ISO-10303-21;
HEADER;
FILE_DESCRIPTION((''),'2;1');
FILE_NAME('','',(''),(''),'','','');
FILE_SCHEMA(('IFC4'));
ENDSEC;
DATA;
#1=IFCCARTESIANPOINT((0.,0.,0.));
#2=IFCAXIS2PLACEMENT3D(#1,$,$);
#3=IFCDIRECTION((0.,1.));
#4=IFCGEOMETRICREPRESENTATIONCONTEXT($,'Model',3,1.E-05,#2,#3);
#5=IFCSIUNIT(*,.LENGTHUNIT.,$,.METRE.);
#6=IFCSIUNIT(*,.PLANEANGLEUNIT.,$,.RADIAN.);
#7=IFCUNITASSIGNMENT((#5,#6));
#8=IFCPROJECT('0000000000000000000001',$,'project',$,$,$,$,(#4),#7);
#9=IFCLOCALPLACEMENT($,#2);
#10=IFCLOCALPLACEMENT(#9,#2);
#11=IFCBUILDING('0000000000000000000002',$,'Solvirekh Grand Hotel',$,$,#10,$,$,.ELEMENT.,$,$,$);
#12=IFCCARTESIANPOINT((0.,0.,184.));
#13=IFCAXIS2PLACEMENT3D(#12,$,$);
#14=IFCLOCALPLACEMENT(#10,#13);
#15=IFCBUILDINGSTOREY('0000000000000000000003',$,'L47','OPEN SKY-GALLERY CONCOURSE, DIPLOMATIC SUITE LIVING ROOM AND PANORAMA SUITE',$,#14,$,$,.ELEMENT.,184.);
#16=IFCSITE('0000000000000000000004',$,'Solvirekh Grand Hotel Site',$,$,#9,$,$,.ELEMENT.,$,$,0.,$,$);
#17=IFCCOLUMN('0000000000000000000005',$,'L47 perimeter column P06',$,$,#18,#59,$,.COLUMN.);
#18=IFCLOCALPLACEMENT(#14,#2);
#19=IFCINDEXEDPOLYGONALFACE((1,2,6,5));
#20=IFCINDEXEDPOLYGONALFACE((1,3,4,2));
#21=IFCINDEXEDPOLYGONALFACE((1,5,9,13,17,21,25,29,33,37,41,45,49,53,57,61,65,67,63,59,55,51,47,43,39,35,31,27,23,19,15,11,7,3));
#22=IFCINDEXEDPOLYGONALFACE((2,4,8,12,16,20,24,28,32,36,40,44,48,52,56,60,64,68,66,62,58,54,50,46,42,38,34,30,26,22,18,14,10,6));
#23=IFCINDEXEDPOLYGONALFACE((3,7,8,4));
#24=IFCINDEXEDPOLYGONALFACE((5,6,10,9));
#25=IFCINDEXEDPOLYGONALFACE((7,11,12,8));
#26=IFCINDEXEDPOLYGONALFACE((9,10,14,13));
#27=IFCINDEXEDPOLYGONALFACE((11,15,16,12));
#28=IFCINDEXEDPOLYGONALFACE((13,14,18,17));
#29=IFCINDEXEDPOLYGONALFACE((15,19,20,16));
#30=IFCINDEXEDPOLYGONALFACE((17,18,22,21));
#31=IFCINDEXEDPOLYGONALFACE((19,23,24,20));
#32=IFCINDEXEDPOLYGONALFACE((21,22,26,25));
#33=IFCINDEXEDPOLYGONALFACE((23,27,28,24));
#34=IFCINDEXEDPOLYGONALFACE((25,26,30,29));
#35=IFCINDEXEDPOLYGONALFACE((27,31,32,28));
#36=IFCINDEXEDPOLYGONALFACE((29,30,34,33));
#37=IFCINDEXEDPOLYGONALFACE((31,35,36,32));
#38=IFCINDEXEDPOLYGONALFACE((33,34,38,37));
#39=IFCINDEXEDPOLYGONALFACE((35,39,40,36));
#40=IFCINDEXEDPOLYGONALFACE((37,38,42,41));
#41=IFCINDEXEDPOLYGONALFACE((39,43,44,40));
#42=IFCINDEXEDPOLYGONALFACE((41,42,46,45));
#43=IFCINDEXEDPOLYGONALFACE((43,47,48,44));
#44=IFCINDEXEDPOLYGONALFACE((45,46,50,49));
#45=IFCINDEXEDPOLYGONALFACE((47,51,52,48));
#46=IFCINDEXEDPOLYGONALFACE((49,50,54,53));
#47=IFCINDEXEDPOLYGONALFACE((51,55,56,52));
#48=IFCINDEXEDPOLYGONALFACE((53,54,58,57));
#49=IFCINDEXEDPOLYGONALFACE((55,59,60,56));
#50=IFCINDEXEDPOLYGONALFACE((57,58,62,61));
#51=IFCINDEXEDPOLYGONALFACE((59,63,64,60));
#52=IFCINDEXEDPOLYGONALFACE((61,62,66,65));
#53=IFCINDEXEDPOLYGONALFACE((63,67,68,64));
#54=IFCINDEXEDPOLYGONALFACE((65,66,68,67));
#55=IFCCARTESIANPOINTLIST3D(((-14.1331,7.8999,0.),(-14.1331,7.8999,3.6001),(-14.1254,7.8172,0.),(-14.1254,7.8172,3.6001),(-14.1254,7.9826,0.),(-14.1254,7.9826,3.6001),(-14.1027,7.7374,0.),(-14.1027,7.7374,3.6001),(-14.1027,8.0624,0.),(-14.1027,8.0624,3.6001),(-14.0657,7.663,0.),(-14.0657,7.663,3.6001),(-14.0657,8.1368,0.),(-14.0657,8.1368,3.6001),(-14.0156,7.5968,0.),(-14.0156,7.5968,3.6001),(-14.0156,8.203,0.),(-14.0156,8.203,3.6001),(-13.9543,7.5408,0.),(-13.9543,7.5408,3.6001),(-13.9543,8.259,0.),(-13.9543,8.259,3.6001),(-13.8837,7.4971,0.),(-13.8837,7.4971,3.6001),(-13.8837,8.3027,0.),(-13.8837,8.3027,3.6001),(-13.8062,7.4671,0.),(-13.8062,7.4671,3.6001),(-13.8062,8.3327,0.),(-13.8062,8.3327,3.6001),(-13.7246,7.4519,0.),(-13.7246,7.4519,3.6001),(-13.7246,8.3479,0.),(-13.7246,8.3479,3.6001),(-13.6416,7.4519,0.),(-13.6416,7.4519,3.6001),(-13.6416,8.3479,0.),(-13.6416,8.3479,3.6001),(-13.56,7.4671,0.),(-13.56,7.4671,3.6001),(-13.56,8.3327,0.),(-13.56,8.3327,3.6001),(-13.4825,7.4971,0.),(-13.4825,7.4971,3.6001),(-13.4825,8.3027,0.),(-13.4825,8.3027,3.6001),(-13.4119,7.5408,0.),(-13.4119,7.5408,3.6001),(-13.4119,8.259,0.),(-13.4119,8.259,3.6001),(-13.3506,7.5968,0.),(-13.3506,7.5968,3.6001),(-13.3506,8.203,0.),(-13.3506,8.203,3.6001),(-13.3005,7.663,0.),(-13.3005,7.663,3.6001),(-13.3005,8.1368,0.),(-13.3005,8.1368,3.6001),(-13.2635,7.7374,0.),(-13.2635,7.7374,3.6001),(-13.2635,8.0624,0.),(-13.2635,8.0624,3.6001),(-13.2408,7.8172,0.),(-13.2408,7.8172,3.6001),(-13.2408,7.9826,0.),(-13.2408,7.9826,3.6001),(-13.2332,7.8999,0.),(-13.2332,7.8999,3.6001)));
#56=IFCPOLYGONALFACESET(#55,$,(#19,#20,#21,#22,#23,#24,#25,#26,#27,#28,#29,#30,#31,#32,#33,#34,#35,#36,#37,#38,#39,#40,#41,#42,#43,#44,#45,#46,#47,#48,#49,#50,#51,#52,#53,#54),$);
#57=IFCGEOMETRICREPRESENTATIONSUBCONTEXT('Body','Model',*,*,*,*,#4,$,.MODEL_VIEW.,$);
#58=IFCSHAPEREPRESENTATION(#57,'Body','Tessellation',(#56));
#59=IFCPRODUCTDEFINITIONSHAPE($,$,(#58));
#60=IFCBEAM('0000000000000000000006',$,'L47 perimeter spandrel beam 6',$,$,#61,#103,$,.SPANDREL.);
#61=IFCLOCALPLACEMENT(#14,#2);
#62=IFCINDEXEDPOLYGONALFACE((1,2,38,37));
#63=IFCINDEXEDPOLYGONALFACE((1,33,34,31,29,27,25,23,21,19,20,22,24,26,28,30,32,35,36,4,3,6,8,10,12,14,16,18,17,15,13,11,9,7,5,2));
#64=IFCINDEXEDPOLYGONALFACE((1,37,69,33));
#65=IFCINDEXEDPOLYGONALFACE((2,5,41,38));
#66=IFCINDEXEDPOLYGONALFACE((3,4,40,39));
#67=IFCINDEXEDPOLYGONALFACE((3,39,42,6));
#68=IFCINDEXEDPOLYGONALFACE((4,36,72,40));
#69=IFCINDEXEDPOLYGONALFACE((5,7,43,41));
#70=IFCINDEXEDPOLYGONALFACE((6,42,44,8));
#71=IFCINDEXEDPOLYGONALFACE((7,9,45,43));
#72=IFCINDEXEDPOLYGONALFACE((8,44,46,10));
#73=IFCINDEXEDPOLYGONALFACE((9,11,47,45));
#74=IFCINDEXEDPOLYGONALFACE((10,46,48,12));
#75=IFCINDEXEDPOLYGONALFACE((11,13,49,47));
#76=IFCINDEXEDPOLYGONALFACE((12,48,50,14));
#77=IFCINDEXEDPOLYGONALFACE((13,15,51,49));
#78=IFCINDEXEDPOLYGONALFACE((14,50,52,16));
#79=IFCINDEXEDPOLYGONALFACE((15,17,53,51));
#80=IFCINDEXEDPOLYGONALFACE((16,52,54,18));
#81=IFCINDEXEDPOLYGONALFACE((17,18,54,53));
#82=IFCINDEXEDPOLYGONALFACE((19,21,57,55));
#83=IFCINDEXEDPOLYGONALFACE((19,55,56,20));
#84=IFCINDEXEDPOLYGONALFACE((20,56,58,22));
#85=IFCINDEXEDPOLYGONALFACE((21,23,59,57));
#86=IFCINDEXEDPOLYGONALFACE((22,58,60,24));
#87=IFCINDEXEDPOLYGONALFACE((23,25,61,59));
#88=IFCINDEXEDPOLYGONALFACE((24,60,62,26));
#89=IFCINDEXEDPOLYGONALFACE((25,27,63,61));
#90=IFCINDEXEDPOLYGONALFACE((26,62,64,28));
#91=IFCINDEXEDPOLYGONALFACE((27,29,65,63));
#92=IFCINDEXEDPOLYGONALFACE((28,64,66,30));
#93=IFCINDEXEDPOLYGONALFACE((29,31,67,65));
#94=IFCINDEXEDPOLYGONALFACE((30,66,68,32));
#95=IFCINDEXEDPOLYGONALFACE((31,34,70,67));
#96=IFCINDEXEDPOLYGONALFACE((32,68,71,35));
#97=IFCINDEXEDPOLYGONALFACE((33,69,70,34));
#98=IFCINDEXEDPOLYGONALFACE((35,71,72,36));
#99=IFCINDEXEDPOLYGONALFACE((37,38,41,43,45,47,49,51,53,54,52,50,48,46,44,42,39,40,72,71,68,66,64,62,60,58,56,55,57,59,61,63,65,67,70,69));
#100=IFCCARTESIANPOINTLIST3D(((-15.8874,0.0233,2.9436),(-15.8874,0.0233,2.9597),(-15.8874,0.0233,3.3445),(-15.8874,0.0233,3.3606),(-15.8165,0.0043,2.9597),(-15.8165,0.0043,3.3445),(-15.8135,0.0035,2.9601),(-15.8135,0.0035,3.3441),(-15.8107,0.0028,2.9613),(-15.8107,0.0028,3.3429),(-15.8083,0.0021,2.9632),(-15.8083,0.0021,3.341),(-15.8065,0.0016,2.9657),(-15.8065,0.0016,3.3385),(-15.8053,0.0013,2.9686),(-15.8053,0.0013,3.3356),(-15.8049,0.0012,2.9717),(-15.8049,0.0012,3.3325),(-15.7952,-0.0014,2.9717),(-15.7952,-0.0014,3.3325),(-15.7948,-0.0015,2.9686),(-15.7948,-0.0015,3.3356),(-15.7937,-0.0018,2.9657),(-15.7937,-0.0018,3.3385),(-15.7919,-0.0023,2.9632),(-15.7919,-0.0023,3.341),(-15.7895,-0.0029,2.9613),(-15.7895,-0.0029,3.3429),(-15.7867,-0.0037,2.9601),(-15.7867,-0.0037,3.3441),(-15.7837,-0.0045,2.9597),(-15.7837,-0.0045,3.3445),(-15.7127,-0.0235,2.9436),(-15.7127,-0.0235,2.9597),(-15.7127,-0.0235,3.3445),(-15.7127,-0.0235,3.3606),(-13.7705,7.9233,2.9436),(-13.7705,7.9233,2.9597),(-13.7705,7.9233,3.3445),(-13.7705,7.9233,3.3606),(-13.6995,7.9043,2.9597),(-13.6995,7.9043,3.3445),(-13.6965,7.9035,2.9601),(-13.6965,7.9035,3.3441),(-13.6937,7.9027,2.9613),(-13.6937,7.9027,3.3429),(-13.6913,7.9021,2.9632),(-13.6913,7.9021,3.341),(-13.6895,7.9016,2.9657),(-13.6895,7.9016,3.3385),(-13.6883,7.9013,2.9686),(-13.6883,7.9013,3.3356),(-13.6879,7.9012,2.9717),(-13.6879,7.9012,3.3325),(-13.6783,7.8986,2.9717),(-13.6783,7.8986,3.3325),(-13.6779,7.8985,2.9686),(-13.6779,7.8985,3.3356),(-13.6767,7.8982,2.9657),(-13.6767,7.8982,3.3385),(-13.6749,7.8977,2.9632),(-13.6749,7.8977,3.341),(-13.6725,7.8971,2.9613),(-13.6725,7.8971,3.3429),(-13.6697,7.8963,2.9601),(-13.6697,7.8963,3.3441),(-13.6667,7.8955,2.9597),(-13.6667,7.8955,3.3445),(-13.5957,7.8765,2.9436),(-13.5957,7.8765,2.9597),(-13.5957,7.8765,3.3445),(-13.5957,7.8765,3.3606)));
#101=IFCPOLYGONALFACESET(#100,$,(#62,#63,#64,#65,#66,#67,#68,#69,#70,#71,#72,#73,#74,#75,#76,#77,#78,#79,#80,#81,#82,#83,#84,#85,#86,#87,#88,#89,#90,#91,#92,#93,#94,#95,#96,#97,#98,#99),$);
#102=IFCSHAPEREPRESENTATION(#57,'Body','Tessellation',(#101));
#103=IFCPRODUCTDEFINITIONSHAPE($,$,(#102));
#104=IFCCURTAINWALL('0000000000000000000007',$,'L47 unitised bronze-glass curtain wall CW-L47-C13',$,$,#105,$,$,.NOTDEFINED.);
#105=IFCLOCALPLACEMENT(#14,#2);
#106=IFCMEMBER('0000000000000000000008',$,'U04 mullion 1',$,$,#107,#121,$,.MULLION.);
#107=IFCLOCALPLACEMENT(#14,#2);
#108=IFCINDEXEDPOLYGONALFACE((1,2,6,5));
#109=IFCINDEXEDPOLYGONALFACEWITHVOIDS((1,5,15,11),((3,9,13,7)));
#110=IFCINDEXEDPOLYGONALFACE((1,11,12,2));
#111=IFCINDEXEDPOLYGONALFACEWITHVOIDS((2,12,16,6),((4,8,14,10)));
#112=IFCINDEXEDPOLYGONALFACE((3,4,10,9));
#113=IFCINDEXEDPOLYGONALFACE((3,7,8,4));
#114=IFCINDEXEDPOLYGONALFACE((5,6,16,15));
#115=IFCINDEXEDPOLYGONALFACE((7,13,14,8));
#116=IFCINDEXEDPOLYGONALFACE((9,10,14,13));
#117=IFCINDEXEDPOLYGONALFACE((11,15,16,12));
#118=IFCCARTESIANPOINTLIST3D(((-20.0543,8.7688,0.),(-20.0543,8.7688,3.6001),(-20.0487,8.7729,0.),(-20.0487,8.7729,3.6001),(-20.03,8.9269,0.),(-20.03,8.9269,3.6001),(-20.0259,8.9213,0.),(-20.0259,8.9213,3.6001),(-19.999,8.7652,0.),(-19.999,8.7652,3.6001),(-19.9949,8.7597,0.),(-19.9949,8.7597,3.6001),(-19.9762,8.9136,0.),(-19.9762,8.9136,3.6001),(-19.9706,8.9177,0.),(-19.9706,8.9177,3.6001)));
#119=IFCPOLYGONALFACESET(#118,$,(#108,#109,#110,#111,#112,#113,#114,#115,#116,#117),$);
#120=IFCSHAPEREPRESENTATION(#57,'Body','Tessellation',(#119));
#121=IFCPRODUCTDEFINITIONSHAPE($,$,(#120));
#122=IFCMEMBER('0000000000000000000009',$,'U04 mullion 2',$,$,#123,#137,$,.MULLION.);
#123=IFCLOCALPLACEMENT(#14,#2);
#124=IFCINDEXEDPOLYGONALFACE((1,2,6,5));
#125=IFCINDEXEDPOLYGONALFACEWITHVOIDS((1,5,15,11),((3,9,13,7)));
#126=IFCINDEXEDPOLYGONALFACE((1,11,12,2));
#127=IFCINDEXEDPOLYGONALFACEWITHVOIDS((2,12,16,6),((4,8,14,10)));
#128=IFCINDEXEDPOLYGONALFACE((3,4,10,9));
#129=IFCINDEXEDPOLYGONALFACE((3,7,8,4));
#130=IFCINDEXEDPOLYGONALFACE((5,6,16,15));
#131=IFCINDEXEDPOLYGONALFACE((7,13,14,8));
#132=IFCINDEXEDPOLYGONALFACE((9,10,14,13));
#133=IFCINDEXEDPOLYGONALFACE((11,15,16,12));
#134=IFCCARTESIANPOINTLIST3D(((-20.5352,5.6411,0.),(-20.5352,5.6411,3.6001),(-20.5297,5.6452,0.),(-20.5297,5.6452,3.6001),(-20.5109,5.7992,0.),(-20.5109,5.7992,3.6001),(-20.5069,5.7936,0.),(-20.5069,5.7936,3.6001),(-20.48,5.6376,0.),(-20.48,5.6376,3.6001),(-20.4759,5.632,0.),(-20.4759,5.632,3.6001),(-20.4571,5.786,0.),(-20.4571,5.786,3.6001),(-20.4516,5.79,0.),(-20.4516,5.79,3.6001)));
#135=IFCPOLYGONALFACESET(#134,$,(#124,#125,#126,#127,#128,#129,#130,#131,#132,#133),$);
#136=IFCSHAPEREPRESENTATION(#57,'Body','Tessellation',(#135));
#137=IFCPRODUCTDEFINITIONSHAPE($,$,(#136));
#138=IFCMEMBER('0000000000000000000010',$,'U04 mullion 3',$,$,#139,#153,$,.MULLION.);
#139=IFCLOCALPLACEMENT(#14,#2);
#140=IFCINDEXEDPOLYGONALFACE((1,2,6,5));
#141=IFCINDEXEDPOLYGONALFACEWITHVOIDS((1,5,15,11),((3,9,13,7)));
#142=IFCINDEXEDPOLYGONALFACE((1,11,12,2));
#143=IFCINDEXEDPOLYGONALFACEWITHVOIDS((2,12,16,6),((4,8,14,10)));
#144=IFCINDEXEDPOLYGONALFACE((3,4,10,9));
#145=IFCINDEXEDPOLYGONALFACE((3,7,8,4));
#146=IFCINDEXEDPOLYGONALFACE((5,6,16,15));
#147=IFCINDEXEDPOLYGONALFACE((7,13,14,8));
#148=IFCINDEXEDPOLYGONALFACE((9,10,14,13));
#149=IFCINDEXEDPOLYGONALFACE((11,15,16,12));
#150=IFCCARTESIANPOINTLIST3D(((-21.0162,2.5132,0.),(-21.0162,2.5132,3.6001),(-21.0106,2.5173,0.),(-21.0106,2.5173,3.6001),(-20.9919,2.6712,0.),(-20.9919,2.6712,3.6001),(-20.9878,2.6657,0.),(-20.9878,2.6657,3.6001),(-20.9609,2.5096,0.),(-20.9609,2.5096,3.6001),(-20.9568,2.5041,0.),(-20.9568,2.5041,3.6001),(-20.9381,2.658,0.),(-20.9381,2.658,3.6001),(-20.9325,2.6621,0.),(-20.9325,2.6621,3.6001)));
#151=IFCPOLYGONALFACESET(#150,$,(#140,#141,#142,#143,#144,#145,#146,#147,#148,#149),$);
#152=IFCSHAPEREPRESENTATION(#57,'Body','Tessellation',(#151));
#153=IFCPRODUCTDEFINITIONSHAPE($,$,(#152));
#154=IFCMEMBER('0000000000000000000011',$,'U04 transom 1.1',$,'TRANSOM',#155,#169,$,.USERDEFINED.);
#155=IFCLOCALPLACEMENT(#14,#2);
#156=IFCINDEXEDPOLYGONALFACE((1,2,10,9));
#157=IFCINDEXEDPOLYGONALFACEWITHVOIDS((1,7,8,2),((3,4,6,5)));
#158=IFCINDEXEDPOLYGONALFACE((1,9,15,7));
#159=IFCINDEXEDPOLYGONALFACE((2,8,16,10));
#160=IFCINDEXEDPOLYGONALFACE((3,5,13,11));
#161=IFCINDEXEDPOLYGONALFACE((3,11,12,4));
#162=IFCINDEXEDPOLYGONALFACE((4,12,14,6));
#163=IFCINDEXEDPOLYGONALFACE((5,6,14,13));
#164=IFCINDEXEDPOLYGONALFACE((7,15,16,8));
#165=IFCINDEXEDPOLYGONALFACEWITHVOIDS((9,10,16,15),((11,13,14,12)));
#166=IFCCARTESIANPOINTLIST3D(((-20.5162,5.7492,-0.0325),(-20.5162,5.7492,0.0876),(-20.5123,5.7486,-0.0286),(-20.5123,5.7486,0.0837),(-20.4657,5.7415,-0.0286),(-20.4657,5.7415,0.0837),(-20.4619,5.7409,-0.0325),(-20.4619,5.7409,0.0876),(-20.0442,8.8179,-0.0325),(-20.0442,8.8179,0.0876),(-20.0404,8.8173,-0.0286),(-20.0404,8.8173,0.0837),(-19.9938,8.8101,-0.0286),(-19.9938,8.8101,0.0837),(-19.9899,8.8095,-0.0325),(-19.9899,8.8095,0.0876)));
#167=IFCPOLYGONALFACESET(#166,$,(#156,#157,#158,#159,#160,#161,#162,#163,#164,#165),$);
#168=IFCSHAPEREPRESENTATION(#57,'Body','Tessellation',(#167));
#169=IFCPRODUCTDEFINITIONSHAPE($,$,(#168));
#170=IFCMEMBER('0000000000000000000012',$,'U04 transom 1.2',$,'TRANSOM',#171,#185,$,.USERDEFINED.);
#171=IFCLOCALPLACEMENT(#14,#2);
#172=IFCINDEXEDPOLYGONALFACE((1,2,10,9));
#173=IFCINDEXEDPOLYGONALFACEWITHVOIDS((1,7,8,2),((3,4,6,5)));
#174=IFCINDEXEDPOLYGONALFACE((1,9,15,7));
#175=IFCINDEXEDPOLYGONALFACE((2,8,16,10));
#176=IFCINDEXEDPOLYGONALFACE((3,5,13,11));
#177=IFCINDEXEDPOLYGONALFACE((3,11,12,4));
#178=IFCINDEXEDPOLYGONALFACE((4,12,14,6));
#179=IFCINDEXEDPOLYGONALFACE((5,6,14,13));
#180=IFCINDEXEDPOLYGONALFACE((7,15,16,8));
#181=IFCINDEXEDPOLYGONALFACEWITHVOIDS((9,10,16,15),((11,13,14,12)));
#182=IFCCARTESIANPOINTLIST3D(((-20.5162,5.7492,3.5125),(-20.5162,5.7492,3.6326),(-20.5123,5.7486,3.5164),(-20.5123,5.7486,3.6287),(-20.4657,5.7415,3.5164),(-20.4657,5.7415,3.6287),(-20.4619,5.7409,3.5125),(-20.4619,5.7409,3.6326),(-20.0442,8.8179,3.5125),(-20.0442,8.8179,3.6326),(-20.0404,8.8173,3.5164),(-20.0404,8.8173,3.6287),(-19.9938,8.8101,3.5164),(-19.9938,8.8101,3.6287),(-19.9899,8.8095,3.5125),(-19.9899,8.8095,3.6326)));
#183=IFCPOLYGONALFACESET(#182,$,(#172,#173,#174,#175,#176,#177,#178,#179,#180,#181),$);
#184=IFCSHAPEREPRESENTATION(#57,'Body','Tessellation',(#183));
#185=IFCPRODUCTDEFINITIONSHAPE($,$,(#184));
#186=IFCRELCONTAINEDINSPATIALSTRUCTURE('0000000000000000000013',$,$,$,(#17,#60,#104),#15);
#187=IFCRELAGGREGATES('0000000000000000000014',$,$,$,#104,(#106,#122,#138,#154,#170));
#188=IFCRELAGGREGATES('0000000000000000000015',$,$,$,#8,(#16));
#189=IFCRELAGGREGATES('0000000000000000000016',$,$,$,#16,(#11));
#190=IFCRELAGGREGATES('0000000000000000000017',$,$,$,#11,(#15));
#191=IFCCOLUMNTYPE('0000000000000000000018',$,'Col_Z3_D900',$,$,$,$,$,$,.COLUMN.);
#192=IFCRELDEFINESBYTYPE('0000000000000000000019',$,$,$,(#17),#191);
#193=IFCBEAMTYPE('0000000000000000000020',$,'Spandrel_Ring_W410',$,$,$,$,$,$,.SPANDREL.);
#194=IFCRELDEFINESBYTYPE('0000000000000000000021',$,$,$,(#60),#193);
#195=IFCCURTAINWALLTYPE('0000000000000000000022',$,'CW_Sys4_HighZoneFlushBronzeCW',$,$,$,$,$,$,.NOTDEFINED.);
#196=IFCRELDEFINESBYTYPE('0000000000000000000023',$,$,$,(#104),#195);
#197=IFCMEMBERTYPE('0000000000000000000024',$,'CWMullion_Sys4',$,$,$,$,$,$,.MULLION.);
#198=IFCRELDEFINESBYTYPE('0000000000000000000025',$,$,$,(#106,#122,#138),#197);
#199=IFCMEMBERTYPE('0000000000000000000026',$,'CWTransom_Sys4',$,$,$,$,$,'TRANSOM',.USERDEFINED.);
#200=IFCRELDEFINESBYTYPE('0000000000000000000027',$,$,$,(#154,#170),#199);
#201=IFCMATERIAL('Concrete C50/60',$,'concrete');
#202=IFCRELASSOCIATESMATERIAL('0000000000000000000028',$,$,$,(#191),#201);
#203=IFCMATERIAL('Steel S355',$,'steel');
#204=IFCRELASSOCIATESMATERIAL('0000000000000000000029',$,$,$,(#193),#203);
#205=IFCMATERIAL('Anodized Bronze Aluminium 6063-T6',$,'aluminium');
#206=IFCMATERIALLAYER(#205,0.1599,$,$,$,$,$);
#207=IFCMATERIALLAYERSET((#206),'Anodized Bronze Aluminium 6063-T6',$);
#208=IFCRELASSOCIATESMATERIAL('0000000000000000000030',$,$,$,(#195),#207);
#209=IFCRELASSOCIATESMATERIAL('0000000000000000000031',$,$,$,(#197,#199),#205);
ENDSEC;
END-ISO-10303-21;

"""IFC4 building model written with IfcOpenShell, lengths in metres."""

from ifc_helpers import new_model, si_unit, direction, frame, origin, origin_2d, place, context, subcontext, project, spatial, hollow_rectangle, circle, i_section, extrude, source, transform, mapped, material, layer, layer_set, material_profile, profile_set, type_object, element, aggregate, save


model = new_model("IFC4")

# Units and contexts
model_context = context("Model", 3, precision=1e-05, world=origin(), true_north=direction((0.0, 1.0)))
body_context = subcontext(model_context, "Body", "Model", "MODEL_VIEW")
ifc_project = project(units=[si_unit("LENGTHUNIT", "METRE"), si_unit("PLANEANGLEUNIT", "RADIAN")], contexts=[model_context])

# Site, building, storey
site_placement = place(None, origin())
site = spatial("IfcSite", under=ifc_project, at=site_placement, Name="Solvirekh Grand Hotel Site", CompositionType="ELEMENT", RefElevation=0.0)
building_placement = place(site_placement, origin())
building = spatial("IfcBuilding", under=site, at=building_placement, Name="Solvirekh Grand Hotel", CompositionType="ELEMENT")
storey_placement = place(building_placement, frame((0.0, 0.0, 184.0)))
storey = spatial("IfcBuildingStorey", under=building, at=storey_placement, Name="L47", Description="OPEN SKY-GALLERY CONCOURSE, DIPLOMATIC SUITE LIVING ROOM AND PANORAMA SUITE", CompositionType="ELEMENT", Elevation=184.0)

# Column
ifc_material_1 = material(Name="Concrete C50/60", Category="concrete")
ifc_material_profile_1 = material_profile(ifc_material_1, circle(Radius=0.45, at=origin_2d()), Name="RC CIRC D900")
ifc_profile_set_1 = profile_set([ifc_material_profile_1], Name="Concrete C50/60")
column_type = type_object("IfcColumnType", Name="Col_Z3_D900", PredefinedType="COLUMN", material=ifc_profile_set_1)
column_placement = place(storey_placement, frame((-13.6831, 7.8999, 0.0), z_axis=(0.0, 0.0, 1.0), x_axis=(1.0, 0.0, 0.0)))
element("IfcColumn", 1, at=column_placement, inside=storey, type_object=column_type, Name="L47 perimeter column P06", PredefinedType="COLUMN", context=body_context, shape_type="SweptSolid", body=[
    extrude(circle(Radius=0.45, at=origin_2d()), origin(), (0.0, 0.0, 1.0), 3.6001),
])

# Beam
ifc_material_2 = material(Name="Steel S355", Category="steel")
ifc_material_profile_2 = material_profile(ifc_material_2, i_section(OverallWidth=0.1809, OverallDepth=0.417, WebThickness=0.01, FlangeThickness=0.0161, FilletRadius=0.012, at=origin_2d()), Name="W410X85")
ifc_profile_set_2 = profile_set([ifc_material_profile_2], Name="Steel S355")
beam_type = type_object("IfcBeamType", Name="Spandrel_Ring_W410", PredefinedType="SPANDREL", material=ifc_profile_set_2)
beam_placement = place(storey_placement, frame((-13.6831, 7.8999, 3.1521), z_axis=(-0.258839, -0.965921, 0.0), x_axis=(0.965921, -0.258839, 0.0)))
element("IfcBeam", 2, at=beam_placement, inside=storey, type_object=beam_type, Name="L47 perimeter spandrel beam 6", PredefinedType="SPANDREL", context=body_context, shape_type="SweptSolid", body=[
    extrude(i_section(OverallWidth=0.1809, OverallDepth=0.417, WebThickness=0.01, FlangeThickness=0.0161, FilletRadius=0.012, at=origin_2d()), origin(), (0.0, 0.0, 1.0), 8.1787),
])

# Curtain wall, members
ifc_material_3 = material(Name="Anodized Bronze Aluminium 6063-T6", Category="aluminium")
ifc_layer_1 = layer(ifc_material_3, 0.1599)
ifc_layer_set_1 = layer_set([ifc_layer_1], Name="Anodized Bronze Aluminium 6063-T6")
curtain_wall_type = type_object("IfcCurtainWallType", Name="CW_Sys4_HighZoneFlushBronzeCW", PredefinedType="NOTDEFINED", material=ifc_layer_set_1)
curtain_wall_placement = place(storey_placement, origin())
curtain_wall = element("IfcCurtainWall", 3, at=curtain_wall_placement, inside=storey, type_object=curtain_wall_type, Name="L47 unitised bronze-glass curtain wall CW-L47-C13", PredefinedType="NOTDEFINED")
ifc_material_profile_3 = material_profile(ifc_material_3, hollow_rectangle(XDim=0.0601, YDim=0.1599, WallThickness=0.0049, at=origin_2d()), Name="ALU RHS 160X60X5")
ifc_profile_set_3 = profile_set([ifc_material_profile_3], Name="Anodized Bronze Aluminium 6063-T6")
member_type_1 = type_object("IfcMemberType", Name="CWMullion_Sys4", PredefinedType="MULLION", material=ifc_profile_set_3)
shared_shape_1 = source(origin(), body_context, "Body", "SweptSolid", [
    extrude(hollow_rectangle(XDim=0.0601, YDim=0.1599, WallThickness=0.0049, at=origin_2d()), origin(), (0.0, 0.0, 1.0), 3.6001),
])
member_1_placement = place(storey_placement, frame((-20.0125, 8.8433, 0.0), z_axis=(0.0, 0.0, 1.0), x_axis=(0.988384, -0.151975, 0.0)))
member_1 = element("IfcMember", 4, at=member_1_placement, type_object=member_type_1, Name="U04 mullion 1", PredefinedType="MULLION", context=body_context, shape_type="MappedRepresentation", body=[
    mapped(shared_shape_1, transform((0.0, 0.0, 0.0), x_axis=(1.0, 0.0, 0.0), y_axis=(0.0, 1.0, 0.0), z_axis=(0.0, 0.0, 1.0), scale=1.0)),
])
member_2_placement = place(storey_placement, frame((-20.4934, 5.7156, 0.0), z_axis=(0.0, 0.0, 1.0), x_axis=(0.988384, -0.151975, 0.0)))
member_2 = element("IfcMember", 5, at=member_2_placement, type_object=member_type_1, Name="U04 mullion 2", PredefinedType="MULLION", context=body_context, shape_type="MappedRepresentation", body=[
    mapped(shared_shape_1, transform((0.0, 0.0, 0.0), x_axis=(1.0, 0.0, 0.0), y_axis=(0.0, 1.0, 0.0), z_axis=(0.0, 0.0, 1.0), scale=1.0)),
])
member_3_placement = place(storey_placement, frame((-20.9744, 2.5876, 0.0), z_axis=(0.0, 0.0, 1.0), x_axis=(0.988384, -0.151975, 0.0)))
member_3 = element("IfcMember", 6, at=member_3_placement, type_object=member_type_1, Name="U04 mullion 3", PredefinedType="MULLION", context=body_context, shape_type="MappedRepresentation", body=[
    mapped(shared_shape_1, transform((0.0, 0.0, 0.0), x_axis=(1.0, 0.0, 0.0), y_axis=(0.0, 1.0, 0.0), z_axis=(0.0, 0.0, 1.0), scale=1.0)),
])
ifc_material_profile_4 = material_profile(ifc_material_3, hollow_rectangle(XDim=0.0549, YDim=0.1201, WallThickness=0.0039, at=origin_2d()), Name="ALU RHS 120X55X4")
ifc_profile_set_4 = profile_set([ifc_material_profile_4], Name="Anodized Bronze Aluminium 6063-T6")
member_type_2 = type_object("IfcMemberType", Name="CWTransom_Sys4", ElementType="TRANSOM", PredefinedType="USERDEFINED", material=ifc_profile_set_4)
shared_shape_2 = source(origin(), body_context, "Body", "SweptSolid", [
    extrude(hollow_rectangle(XDim=0.0549, YDim=0.1201, WallThickness=0.0039, at=origin_2d()), origin(), (0.0, 0.0, 1.0), 3.1047),
])
member_4_placement = place(storey_placement, frame((-20.0171, 8.8137, 0.0276), z_axis=(-0.152004, -0.98838, 0.0), x_axis=(0.98838, -0.152004, 0.0)))
member_4 = element("IfcMember", 7, at=member_4_placement, type_object=member_type_2, Name="U04 transom 1.1", ObjectType="TRANSOM", PredefinedType="USERDEFINED", context=body_context, shape_type="MappedRepresentation", body=[
    mapped(shared_shape_2, transform((0.0, 0.0, 0.0), x_axis=(1.0, 0.0, 0.0), y_axis=(0.0, 1.0, 0.0), z_axis=(0.0, 0.0, 1.0), scale=1.0)),
])
member_5_placement = place(storey_placement, frame((-20.0171, 8.8137, 3.5725), z_axis=(-0.152004, -0.98838, 0.0), x_axis=(0.98838, -0.152004, 0.0)))
member_5 = element("IfcMember", 8, at=member_5_placement, type_object=member_type_2, Name="U04 transom 1.2", ObjectType="TRANSOM", PredefinedType="USERDEFINED", context=body_context, shape_type="MappedRepresentation", body=[
    mapped(shared_shape_2, transform((0.0, 0.0, 0.0), x_axis=(1.0, 0.0, 0.0), y_axis=(0.0, 1.0, 0.0), z_axis=(0.0, 0.0, 1.0), scale=1.0)),
])
aggregate(curtain_wall, [member_1, member_2, member_3, member_4, member_5])

save(model, "model.ifc")
